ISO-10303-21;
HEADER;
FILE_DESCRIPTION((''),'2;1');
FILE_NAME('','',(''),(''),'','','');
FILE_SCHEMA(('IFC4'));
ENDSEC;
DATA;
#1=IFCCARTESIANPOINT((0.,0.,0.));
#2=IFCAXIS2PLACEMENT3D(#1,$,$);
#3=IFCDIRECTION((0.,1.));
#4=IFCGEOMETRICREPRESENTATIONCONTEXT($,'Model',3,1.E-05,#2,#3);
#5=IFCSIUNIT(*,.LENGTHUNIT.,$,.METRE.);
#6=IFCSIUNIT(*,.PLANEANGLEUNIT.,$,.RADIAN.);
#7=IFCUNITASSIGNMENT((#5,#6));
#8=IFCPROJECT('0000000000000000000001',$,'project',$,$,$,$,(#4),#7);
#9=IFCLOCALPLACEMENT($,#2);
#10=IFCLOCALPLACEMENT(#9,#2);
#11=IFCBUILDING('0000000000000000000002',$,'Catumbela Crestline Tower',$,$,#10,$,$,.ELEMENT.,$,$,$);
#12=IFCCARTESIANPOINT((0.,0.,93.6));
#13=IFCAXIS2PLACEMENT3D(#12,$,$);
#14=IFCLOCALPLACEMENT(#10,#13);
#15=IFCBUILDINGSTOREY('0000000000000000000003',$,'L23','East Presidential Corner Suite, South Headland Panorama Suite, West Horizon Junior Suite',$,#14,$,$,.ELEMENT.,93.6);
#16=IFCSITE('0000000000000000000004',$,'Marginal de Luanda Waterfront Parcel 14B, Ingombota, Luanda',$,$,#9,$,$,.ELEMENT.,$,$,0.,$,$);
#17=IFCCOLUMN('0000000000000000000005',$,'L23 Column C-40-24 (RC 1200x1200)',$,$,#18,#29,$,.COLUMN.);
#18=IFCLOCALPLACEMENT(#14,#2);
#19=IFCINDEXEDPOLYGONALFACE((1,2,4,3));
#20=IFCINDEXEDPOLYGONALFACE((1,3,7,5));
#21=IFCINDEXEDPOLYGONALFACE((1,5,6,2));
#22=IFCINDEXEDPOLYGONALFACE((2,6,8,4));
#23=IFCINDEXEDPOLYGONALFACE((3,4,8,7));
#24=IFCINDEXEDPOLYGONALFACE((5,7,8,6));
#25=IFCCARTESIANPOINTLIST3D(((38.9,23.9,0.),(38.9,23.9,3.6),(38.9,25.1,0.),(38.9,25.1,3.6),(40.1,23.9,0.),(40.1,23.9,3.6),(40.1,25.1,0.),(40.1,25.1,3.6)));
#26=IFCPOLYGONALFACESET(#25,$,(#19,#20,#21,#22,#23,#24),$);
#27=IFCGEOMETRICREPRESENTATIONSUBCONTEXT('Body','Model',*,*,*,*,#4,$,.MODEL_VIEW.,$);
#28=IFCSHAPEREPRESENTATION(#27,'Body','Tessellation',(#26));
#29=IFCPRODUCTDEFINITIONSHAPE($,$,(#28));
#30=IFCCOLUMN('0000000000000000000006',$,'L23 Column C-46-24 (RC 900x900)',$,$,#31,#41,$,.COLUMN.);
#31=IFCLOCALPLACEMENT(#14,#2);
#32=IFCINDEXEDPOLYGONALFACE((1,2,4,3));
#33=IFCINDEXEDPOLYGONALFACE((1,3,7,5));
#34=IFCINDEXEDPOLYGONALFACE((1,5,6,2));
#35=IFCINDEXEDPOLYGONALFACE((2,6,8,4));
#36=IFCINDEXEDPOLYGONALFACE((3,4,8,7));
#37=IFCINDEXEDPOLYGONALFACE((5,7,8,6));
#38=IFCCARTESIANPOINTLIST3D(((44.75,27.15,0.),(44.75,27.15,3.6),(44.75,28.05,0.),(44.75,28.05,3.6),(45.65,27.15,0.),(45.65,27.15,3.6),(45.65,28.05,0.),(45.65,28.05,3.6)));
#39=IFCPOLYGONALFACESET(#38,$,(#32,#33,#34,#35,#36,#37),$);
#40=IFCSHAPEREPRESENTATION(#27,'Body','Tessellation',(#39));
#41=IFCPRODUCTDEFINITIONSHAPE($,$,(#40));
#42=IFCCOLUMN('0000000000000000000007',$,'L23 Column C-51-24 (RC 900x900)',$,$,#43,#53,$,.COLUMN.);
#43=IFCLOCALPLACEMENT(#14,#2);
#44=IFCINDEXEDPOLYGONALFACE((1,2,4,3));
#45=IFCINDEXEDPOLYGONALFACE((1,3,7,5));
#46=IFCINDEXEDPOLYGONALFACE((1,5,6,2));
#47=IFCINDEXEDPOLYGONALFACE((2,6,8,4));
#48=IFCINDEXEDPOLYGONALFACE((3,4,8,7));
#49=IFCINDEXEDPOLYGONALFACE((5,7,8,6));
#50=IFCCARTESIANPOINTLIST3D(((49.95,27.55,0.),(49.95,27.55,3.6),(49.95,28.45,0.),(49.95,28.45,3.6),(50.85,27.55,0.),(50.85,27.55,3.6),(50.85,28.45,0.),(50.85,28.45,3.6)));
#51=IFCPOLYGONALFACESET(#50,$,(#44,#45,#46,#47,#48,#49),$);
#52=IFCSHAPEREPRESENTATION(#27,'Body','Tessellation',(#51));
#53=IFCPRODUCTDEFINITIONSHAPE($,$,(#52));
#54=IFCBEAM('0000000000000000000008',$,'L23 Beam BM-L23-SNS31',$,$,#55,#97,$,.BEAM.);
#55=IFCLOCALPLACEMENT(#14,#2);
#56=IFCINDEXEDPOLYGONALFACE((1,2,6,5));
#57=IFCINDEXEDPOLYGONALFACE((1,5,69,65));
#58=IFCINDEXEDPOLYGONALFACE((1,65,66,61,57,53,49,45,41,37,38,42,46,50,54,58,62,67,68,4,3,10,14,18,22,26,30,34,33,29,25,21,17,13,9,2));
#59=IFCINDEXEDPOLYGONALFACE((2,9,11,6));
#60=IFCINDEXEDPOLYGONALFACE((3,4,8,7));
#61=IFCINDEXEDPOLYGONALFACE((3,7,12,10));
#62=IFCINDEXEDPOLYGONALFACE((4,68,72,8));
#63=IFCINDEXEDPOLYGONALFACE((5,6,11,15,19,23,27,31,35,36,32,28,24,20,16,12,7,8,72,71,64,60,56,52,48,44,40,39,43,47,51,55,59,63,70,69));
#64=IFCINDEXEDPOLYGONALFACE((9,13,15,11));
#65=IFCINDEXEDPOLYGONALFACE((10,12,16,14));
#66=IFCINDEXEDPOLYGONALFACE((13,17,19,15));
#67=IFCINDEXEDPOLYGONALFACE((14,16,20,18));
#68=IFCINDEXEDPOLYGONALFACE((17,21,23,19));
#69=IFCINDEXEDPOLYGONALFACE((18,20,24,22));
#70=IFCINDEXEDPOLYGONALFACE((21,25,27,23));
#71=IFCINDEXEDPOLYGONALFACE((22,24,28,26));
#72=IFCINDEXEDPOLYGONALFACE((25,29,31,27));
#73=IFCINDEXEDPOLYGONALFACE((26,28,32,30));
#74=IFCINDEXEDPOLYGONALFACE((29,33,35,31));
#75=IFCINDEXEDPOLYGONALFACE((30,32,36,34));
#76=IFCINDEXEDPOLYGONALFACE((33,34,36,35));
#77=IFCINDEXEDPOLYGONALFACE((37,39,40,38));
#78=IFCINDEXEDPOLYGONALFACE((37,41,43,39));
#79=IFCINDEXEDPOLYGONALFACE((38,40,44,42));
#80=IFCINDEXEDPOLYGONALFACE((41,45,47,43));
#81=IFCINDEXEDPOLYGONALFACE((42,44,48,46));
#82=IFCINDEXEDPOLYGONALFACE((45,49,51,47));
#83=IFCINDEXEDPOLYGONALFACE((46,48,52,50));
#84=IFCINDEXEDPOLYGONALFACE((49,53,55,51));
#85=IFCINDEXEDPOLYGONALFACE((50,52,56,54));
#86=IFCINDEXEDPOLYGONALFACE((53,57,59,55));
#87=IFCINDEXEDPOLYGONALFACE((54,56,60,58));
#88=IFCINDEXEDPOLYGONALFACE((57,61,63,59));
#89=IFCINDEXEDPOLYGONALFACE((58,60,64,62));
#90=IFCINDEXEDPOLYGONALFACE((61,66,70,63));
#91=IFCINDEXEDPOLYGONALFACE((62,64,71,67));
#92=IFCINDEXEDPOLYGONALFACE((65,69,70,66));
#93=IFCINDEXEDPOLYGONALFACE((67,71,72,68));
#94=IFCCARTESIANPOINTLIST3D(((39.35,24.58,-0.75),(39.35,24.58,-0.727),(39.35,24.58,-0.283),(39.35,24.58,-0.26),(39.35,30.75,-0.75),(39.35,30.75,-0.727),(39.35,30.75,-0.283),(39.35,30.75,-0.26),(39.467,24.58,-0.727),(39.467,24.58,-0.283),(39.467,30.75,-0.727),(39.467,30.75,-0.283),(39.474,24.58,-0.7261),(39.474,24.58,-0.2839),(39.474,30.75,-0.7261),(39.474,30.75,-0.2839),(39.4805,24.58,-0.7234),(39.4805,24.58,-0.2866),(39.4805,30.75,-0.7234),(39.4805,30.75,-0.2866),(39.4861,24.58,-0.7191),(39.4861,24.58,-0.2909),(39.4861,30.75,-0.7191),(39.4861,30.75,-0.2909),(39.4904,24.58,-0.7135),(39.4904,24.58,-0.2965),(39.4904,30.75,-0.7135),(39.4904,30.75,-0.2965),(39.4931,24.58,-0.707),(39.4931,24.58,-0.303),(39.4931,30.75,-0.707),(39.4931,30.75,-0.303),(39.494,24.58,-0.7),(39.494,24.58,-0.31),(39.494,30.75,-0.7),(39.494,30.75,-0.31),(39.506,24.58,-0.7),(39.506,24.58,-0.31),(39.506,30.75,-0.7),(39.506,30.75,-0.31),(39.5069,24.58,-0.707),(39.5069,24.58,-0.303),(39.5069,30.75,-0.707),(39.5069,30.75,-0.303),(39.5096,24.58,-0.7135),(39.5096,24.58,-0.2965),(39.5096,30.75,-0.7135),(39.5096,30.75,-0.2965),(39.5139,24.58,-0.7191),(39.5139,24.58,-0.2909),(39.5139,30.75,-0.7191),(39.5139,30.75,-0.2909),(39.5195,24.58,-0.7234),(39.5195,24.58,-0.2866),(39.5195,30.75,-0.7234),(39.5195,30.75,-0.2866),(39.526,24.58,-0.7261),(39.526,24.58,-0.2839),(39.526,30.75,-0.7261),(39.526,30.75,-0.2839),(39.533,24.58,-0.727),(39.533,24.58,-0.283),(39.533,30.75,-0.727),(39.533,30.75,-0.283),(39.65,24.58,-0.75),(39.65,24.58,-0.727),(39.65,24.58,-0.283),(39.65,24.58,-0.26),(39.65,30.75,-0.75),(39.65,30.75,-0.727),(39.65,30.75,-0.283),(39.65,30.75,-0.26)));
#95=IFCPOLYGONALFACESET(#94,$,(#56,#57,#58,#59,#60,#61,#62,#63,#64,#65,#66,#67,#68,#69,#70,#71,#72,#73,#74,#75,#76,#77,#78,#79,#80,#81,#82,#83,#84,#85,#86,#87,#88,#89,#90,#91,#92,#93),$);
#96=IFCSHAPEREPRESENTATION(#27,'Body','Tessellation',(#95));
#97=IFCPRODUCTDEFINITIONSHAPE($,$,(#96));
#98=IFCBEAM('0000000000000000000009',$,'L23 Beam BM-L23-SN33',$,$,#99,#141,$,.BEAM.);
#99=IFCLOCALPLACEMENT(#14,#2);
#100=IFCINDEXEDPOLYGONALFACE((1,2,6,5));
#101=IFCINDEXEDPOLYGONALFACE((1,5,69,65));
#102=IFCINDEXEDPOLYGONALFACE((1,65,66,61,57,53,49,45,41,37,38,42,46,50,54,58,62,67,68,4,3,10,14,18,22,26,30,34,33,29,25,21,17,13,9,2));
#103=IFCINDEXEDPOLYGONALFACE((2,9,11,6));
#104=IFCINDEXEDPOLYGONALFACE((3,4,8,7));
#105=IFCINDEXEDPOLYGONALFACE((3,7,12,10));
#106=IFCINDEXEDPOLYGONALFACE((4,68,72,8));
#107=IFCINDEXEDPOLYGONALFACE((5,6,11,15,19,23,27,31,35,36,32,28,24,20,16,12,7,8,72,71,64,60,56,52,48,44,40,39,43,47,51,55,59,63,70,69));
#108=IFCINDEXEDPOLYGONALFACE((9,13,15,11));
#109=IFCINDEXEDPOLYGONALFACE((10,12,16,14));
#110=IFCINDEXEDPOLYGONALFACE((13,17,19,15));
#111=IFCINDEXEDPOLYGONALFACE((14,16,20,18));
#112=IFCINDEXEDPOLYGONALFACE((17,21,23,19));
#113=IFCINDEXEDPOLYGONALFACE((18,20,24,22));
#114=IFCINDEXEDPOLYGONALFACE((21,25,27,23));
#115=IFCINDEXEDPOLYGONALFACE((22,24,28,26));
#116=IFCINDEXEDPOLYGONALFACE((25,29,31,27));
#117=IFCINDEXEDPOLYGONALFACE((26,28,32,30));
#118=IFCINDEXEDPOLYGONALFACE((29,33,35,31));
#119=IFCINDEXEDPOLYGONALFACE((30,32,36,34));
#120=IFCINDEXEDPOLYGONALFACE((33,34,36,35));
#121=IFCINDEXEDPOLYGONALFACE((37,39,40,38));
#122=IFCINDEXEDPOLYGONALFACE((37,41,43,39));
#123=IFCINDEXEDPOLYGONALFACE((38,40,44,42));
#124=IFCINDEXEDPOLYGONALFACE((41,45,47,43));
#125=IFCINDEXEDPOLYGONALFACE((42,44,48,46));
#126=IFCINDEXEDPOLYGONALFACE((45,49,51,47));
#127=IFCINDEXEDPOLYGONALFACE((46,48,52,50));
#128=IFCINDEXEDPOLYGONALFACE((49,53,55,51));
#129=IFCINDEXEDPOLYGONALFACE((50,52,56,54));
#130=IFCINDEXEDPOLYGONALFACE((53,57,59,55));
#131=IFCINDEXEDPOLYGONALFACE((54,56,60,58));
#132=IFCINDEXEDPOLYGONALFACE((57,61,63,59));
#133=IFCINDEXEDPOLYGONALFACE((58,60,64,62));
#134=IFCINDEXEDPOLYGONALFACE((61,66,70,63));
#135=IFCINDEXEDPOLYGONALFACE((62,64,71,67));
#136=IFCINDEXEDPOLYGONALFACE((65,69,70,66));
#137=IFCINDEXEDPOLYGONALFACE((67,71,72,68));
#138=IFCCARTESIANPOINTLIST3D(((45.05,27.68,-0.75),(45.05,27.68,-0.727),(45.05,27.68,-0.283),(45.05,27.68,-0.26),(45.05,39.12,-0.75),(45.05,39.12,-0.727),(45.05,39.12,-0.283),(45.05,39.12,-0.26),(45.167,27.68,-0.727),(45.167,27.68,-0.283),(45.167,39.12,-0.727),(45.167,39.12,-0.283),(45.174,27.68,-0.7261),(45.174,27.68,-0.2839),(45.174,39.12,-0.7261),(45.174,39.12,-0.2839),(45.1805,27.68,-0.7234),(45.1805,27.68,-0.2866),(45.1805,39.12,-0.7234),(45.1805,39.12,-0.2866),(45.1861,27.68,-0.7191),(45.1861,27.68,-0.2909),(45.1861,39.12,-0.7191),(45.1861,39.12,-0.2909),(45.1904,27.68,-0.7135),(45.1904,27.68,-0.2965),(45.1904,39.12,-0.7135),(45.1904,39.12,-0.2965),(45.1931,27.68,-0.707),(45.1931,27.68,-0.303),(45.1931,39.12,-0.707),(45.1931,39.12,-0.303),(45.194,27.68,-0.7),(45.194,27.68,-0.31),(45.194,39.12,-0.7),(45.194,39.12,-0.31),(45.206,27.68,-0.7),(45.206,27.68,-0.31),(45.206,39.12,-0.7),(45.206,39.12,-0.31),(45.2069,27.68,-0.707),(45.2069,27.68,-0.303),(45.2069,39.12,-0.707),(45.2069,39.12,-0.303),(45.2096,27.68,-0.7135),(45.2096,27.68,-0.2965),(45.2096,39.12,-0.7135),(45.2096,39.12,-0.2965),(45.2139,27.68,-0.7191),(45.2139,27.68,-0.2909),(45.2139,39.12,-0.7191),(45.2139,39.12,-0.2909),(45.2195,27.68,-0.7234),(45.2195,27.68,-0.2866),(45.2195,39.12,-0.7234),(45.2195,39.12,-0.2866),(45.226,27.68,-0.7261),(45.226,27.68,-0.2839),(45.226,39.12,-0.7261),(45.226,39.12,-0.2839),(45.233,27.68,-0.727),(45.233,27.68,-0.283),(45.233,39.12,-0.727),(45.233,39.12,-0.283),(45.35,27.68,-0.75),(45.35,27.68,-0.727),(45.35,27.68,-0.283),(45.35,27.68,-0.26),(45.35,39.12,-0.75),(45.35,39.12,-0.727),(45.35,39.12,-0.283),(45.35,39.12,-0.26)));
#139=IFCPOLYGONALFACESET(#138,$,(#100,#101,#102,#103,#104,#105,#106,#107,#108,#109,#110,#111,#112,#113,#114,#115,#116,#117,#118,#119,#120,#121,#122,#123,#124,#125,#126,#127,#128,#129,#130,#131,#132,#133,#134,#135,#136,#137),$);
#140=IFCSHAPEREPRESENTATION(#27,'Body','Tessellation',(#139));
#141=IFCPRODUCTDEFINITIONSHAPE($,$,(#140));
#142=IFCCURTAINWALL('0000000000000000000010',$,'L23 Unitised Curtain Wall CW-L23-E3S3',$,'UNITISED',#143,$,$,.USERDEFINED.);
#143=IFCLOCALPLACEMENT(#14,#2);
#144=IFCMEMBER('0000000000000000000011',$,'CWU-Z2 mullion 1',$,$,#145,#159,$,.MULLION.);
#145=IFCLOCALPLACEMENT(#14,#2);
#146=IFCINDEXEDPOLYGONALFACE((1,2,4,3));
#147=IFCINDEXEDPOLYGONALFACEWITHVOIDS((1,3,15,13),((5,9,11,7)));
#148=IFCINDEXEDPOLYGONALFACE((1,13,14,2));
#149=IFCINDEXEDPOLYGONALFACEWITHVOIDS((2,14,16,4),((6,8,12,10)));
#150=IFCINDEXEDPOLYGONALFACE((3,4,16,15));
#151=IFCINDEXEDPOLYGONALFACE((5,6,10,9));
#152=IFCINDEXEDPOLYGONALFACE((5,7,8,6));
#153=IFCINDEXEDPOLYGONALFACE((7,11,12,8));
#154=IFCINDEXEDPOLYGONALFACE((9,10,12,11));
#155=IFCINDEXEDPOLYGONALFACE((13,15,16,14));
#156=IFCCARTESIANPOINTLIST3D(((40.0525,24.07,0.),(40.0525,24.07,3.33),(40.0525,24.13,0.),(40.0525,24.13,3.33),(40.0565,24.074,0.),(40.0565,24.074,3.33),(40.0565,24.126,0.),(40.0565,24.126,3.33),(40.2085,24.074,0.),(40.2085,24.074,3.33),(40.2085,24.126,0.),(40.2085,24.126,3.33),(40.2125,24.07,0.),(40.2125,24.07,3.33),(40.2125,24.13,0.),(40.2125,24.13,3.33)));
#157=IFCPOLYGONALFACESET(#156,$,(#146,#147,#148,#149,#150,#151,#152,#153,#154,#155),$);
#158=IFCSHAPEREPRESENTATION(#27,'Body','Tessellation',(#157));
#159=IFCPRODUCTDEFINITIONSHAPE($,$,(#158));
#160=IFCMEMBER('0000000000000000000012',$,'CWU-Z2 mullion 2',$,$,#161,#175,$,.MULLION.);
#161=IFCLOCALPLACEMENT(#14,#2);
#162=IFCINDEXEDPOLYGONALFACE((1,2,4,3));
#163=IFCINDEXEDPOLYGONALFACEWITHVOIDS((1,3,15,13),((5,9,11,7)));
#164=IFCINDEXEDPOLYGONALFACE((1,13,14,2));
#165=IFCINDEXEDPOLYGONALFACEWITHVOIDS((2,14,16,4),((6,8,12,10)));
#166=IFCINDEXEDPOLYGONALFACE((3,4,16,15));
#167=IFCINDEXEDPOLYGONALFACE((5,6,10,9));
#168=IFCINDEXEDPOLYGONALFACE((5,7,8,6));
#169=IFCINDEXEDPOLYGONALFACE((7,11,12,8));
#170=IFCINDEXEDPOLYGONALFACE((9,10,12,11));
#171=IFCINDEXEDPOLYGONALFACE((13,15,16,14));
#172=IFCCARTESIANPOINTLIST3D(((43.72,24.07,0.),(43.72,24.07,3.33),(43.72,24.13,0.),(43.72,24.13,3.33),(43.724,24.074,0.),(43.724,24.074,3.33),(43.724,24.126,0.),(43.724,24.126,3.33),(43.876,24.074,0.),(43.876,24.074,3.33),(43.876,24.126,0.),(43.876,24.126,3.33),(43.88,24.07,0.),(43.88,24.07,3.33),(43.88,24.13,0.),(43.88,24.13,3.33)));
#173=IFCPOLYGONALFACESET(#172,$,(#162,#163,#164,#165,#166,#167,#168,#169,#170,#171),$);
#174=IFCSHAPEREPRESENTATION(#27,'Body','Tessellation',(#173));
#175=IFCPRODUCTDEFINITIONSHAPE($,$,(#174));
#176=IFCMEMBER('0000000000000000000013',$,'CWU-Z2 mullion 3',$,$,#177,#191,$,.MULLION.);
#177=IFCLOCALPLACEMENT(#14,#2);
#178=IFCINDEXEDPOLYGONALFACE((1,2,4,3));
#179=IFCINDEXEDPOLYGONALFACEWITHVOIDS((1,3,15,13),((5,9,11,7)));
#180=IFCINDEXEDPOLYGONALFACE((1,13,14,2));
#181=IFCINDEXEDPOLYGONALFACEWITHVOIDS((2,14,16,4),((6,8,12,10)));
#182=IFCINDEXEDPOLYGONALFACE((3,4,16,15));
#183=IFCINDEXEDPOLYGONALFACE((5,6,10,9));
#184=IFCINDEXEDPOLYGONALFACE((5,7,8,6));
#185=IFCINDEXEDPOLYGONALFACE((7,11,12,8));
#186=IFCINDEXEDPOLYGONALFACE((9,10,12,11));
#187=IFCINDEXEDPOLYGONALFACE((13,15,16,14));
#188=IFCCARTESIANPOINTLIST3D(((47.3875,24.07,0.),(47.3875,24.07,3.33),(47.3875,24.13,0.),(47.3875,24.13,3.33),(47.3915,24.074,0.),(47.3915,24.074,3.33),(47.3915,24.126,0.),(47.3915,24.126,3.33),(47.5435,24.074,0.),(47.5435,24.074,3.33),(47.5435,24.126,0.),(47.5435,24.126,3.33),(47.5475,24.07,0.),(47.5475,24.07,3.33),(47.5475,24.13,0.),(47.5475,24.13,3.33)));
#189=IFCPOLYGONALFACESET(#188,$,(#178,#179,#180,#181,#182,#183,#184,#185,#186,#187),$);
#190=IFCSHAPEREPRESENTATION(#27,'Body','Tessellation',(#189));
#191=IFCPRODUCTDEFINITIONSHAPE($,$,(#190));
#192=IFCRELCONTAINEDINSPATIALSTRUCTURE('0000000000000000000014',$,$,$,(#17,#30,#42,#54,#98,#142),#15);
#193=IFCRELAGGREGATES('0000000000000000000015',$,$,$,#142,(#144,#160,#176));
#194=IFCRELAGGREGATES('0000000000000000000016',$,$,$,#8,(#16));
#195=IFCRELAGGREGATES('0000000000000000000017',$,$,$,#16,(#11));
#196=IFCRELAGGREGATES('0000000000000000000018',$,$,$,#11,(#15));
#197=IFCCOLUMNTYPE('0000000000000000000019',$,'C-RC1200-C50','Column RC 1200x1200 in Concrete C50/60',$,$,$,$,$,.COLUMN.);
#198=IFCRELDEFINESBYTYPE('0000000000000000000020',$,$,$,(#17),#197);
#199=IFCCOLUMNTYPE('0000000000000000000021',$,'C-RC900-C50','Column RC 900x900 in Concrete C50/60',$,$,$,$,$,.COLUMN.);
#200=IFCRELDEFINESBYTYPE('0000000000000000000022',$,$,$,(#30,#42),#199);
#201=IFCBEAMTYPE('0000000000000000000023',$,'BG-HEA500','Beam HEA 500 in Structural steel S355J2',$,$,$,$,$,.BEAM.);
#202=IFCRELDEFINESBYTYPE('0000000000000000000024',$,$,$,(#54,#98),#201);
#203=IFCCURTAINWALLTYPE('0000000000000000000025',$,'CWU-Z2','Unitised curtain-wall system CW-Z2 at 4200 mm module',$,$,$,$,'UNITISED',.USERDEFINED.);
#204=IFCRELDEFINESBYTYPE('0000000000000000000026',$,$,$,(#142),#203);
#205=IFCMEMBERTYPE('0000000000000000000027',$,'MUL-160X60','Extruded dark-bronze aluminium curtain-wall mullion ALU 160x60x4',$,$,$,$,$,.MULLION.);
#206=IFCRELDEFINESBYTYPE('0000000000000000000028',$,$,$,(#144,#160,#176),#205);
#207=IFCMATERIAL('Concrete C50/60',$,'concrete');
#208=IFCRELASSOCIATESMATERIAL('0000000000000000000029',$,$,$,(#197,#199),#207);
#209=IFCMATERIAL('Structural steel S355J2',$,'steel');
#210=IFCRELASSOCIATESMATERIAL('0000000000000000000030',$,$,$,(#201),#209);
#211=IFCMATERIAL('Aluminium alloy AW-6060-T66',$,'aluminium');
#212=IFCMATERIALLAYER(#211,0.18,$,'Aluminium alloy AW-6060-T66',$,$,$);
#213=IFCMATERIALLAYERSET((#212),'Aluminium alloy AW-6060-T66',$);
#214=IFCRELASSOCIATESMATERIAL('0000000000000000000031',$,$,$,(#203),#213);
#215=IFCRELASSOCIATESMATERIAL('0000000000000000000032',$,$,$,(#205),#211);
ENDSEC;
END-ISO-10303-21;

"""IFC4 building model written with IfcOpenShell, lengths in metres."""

from ifc_helpers import new_model, si_unit, direction, frame, origin, origin_2d, place, context, subcontext, project, spatial, rectangle, hollow_rectangle, i_section, extrude, material, layer, layer_set, material_profile, profile_set, type_object, element, aggregate, save


model = new_model("IFC4")

# Units and contexts
model_context = context("Model", 3, precision=1e-05, world=origin(), true_north=direction((0.0, 1.0)))
body_context = subcontext(model_context, "Body", "Model", "MODEL_VIEW")
ifc_project = project(units=[si_unit("LENGTHUNIT", "METRE"), si_unit("PLANEANGLEUNIT", "RADIAN")], contexts=[model_context])

# Site, building, storey
site_placement = place(None, origin())
site = spatial("IfcSite", under=ifc_project, at=site_placement, Name="Marginal de Luanda Waterfront Parcel 14B, Ingombota, Luanda", CompositionType="ELEMENT", RefElevation=0.0)
building_placement = place(site_placement, origin())
building = spatial("IfcBuilding", under=site, at=building_placement, Name="Catumbela Crestline Tower", CompositionType="ELEMENT")
storey_placement = place(building_placement, frame((0.0, 0.0, 93.6)))
storey = spatial("IfcBuildingStorey", under=building, at=storey_placement, Name="L23", Description="East Presidential Corner Suite, South Headland Panorama Suite, West Horizon Junior Suite", CompositionType="ELEMENT", Elevation=93.6)

# Columns
ifc_material_1 = material(Name="Concrete C50/60", Category="concrete")
ifc_material_profile_1 = material_profile(ifc_material_1, rectangle(XDim=1.2, YDim=1.2, at=origin_2d()), Name="RC 1200x1200")
ifc_profile_set_1 = profile_set([ifc_material_profile_1], Name="Concrete C50/60")
column_type_1 = type_object("IfcColumnType", Name="C-RC1200-C50", Description="Column RC 1200x1200 in Concrete C50/60", PredefinedType="COLUMN", material=ifc_profile_set_1)
column_placement = place(storey_placement, frame((39.5, 24.5, 0.0), z_axis=(0.0, 0.0, 1.0), x_axis=(1.0, 0.0, 0.0)))
element("IfcColumn", 1, at=column_placement, inside=storey, type_object=column_type_1, Name="L23 Column C-40-24 (RC 1200x1200)", PredefinedType="COLUMN", context=body_context, shape_type="SweptSolid", body=[
    extrude(rectangle(XDim=1.2, YDim=1.2, at=origin_2d()), origin(), (0.0, 0.0, 1.0), 3.6),
])
ifc_material_profile_2 = material_profile(ifc_material_1, rectangle(XDim=0.9, YDim=0.9, at=origin_2d()), Name="RC 900x900")
ifc_profile_set_2 = profile_set([ifc_material_profile_2], Name="Concrete C50/60")
column_type_2 = type_object("IfcColumnType", Name="C-RC900-C50", Description="Column RC 900x900 in Concrete C50/60", PredefinedType="COLUMN", material=ifc_profile_set_2)
for number, where, z_axis, x_axis, name in (
    (2, (45.2, 27.6, 0.0), (0.0, 0.0, 1.0), (1.0, 0.0, 0.0), "L23 Column C-46-24 (RC 900x900)"),
    (3, (50.4, 28.0, 0.0), (0.0, 0.0, 1.0), (1.0, 0.0, 0.0), "L23 Column C-51-24 (RC 900x900)"),
):
    element("IfcColumn", number, at=place(storey_placement, frame(where, z_axis=z_axis, x_axis=x_axis)), inside=storey, type_object=column_type_2, Name=name, PredefinedType="COLUMN", context=body_context, shape_type="SweptSolid", body=[
        extrude(rectangle(XDim=0.9, YDim=0.9, at=origin_2d()), origin(), (0.0, 0.0, 1.0), 3.6),
    ])

# Beams
ifc_material_2 = material(Name="Structural steel S355J2", Category="steel")
ifc_material_profile_3 = material_profile(ifc_material_2, i_section(OverallWidth=0.3, OverallDepth=0.49, WebThickness=0.012, FlangeThickness=0.023, FilletRadius=0.027, at=origin_2d()), Name="HEA 500")
ifc_profile_set_3 = profile_set([ifc_material_profile_3], Name="Structural steel S355J2")
beam_type_1 = type_object("IfcBeamType", Name="BG-HEA500", Description="Beam HEA 500 in Structural steel S355J2", PredefinedType="BEAM", material=ifc_profile_set_3)
beam_1_placement = place(storey_placement, frame((39.5, 24.58, -0.505), z_axis=(0.0, 1.0, 0.0), x_axis=(-1.0, 0.0, 0.0)))
element("IfcBeam", 4, at=beam_1_placement, inside=storey, type_object=beam_type_1, Name="L23 Beam BM-L23-SNS31", PredefinedType="BEAM", context=body_context, shape_type="SweptSolid", body=[
    extrude(i_section(OverallWidth=0.3, OverallDepth=0.49, WebThickness=0.012, FlangeThickness=0.023, FilletRadius=0.027, at=origin_2d()), origin(), (0.0, 0.0, 1.0), 6.17),
])
beam_2_placement = place(storey_placement, frame((45.2, 27.68, -0.505), z_axis=(0.0, 1.0, 0.0), x_axis=(-1.0, 0.0, 0.0)))
element("IfcBeam", 5, at=beam_2_placement, inside=storey, type_object=beam_type_1, Name="L23 Beam BM-L23-SN33", PredefinedType="BEAM", context=body_context, shape_type="SweptSolid", body=[
    extrude(i_section(OverallWidth=0.3, OverallDepth=0.49, WebThickness=0.012, FlangeThickness=0.023, FilletRadius=0.027, at=origin_2d()), origin(), (0.0, 0.0, 1.0), 11.44),
])

# Curtain wall, members
ifc_material_3 = material(Name="Aluminium alloy AW-6060-T66", Category="aluminium")
ifc_layer_1 = layer(ifc_material_3, 0.18, Name="Aluminium alloy AW-6060-T66")
ifc_layer_set_1 = layer_set([ifc_layer_1], Name="Aluminium alloy AW-6060-T66")
curtain_wall_type = type_object("IfcCurtainWallType", Name="CWU-Z2", Description="Unitised curtain-wall system CW-Z2 at 4200 mm module", ElementType="UNITISED", PredefinedType="USERDEFINED", material=ifc_layer_set_1)
curtain_wall_1_placement = place(storey_placement, origin())
curtain_wall_1 = element("IfcCurtainWall", 6, at=curtain_wall_1_placement, inside=storey, type_object=curtain_wall_type, Name="L23 Unitised Curtain Wall CW-L23-E3S3", ObjectType="UNITISED", PredefinedType="USERDEFINED")
ifc_material_profile_4 = material_profile(ifc_material_3, hollow_rectangle(XDim=0.06, YDim=0.16, WallThickness=0.004, at=origin_2d()), Name="ALU 160x60x4")
ifc_profile_set_4 = profile_set([ifc_material_profile_4], Name="Aluminium alloy AW-6060-T66")
member_type_1 = type_object("IfcMemberType", Name="MUL-160X60", Description="Extruded dark-bronze aluminium curtain-wall mullion ALU 160x60x4", PredefinedType="MULLION", material=ifc_profile_set_4)
member_1_placement = place(storey_placement, frame((40.1325, 24.1, 0.0), z_axis=(0.0, 0.0, 1.0), x_axis=(0.0, 1.0, 0.0)))
member_1 = element("IfcMember", 7, at=member_1_placement, type_object=member_type_1, Name="CWU-Z2 mullion 1", PredefinedType="MULLION", context=body_context, shape_type="SweptSolid", body=[
    extrude(hollow_rectangle(XDim=0.06, YDim=0.16, WallThickness=0.004, at=origin_2d()), origin(), (0.0, 0.0, 1.0), 3.33),
])
member_2_placement = place(storey_placement, frame((43.8, 24.1, 0.0), z_axis=(0.0, 0.0, 1.0), x_axis=(0.0, 1.0, 0.0)))
member_2 = element("IfcMember", 8, at=member_2_placement, type_object=member_type_1, Name="CWU-Z2 mullion 2", PredefinedType="MULLION", context=body_context, shape_type="SweptSolid", body=[
    extrude(hollow_rectangle(XDim=0.06, YDim=0.16, WallThickness=0.004, at=origin_2d()), origin(), (0.0, 0.0, 1.0), 3.33),
])
member_3_placement = place(storey_placement, frame((47.4675, 24.1, 0.0), z_axis=(0.0, 0.0, 1.0), x_axis=(0.0, 1.0, 0.0)))
member_3 = element("IfcMember", 9, at=member_3_placement, type_object=member_type_1, Name="CWU-Z2 mullion 3", PredefinedType="MULLION", context=body_context, shape_type="SweptSolid", body=[
    extrude(hollow_rectangle(XDim=0.06, YDim=0.16, WallThickness=0.004, at=origin_2d()), origin(), (0.0, 0.0, 1.0), 3.33),
])

aggregate(curtain_wall_1, [member_1, member_2, member_3])

save(model, "model.ifc")
